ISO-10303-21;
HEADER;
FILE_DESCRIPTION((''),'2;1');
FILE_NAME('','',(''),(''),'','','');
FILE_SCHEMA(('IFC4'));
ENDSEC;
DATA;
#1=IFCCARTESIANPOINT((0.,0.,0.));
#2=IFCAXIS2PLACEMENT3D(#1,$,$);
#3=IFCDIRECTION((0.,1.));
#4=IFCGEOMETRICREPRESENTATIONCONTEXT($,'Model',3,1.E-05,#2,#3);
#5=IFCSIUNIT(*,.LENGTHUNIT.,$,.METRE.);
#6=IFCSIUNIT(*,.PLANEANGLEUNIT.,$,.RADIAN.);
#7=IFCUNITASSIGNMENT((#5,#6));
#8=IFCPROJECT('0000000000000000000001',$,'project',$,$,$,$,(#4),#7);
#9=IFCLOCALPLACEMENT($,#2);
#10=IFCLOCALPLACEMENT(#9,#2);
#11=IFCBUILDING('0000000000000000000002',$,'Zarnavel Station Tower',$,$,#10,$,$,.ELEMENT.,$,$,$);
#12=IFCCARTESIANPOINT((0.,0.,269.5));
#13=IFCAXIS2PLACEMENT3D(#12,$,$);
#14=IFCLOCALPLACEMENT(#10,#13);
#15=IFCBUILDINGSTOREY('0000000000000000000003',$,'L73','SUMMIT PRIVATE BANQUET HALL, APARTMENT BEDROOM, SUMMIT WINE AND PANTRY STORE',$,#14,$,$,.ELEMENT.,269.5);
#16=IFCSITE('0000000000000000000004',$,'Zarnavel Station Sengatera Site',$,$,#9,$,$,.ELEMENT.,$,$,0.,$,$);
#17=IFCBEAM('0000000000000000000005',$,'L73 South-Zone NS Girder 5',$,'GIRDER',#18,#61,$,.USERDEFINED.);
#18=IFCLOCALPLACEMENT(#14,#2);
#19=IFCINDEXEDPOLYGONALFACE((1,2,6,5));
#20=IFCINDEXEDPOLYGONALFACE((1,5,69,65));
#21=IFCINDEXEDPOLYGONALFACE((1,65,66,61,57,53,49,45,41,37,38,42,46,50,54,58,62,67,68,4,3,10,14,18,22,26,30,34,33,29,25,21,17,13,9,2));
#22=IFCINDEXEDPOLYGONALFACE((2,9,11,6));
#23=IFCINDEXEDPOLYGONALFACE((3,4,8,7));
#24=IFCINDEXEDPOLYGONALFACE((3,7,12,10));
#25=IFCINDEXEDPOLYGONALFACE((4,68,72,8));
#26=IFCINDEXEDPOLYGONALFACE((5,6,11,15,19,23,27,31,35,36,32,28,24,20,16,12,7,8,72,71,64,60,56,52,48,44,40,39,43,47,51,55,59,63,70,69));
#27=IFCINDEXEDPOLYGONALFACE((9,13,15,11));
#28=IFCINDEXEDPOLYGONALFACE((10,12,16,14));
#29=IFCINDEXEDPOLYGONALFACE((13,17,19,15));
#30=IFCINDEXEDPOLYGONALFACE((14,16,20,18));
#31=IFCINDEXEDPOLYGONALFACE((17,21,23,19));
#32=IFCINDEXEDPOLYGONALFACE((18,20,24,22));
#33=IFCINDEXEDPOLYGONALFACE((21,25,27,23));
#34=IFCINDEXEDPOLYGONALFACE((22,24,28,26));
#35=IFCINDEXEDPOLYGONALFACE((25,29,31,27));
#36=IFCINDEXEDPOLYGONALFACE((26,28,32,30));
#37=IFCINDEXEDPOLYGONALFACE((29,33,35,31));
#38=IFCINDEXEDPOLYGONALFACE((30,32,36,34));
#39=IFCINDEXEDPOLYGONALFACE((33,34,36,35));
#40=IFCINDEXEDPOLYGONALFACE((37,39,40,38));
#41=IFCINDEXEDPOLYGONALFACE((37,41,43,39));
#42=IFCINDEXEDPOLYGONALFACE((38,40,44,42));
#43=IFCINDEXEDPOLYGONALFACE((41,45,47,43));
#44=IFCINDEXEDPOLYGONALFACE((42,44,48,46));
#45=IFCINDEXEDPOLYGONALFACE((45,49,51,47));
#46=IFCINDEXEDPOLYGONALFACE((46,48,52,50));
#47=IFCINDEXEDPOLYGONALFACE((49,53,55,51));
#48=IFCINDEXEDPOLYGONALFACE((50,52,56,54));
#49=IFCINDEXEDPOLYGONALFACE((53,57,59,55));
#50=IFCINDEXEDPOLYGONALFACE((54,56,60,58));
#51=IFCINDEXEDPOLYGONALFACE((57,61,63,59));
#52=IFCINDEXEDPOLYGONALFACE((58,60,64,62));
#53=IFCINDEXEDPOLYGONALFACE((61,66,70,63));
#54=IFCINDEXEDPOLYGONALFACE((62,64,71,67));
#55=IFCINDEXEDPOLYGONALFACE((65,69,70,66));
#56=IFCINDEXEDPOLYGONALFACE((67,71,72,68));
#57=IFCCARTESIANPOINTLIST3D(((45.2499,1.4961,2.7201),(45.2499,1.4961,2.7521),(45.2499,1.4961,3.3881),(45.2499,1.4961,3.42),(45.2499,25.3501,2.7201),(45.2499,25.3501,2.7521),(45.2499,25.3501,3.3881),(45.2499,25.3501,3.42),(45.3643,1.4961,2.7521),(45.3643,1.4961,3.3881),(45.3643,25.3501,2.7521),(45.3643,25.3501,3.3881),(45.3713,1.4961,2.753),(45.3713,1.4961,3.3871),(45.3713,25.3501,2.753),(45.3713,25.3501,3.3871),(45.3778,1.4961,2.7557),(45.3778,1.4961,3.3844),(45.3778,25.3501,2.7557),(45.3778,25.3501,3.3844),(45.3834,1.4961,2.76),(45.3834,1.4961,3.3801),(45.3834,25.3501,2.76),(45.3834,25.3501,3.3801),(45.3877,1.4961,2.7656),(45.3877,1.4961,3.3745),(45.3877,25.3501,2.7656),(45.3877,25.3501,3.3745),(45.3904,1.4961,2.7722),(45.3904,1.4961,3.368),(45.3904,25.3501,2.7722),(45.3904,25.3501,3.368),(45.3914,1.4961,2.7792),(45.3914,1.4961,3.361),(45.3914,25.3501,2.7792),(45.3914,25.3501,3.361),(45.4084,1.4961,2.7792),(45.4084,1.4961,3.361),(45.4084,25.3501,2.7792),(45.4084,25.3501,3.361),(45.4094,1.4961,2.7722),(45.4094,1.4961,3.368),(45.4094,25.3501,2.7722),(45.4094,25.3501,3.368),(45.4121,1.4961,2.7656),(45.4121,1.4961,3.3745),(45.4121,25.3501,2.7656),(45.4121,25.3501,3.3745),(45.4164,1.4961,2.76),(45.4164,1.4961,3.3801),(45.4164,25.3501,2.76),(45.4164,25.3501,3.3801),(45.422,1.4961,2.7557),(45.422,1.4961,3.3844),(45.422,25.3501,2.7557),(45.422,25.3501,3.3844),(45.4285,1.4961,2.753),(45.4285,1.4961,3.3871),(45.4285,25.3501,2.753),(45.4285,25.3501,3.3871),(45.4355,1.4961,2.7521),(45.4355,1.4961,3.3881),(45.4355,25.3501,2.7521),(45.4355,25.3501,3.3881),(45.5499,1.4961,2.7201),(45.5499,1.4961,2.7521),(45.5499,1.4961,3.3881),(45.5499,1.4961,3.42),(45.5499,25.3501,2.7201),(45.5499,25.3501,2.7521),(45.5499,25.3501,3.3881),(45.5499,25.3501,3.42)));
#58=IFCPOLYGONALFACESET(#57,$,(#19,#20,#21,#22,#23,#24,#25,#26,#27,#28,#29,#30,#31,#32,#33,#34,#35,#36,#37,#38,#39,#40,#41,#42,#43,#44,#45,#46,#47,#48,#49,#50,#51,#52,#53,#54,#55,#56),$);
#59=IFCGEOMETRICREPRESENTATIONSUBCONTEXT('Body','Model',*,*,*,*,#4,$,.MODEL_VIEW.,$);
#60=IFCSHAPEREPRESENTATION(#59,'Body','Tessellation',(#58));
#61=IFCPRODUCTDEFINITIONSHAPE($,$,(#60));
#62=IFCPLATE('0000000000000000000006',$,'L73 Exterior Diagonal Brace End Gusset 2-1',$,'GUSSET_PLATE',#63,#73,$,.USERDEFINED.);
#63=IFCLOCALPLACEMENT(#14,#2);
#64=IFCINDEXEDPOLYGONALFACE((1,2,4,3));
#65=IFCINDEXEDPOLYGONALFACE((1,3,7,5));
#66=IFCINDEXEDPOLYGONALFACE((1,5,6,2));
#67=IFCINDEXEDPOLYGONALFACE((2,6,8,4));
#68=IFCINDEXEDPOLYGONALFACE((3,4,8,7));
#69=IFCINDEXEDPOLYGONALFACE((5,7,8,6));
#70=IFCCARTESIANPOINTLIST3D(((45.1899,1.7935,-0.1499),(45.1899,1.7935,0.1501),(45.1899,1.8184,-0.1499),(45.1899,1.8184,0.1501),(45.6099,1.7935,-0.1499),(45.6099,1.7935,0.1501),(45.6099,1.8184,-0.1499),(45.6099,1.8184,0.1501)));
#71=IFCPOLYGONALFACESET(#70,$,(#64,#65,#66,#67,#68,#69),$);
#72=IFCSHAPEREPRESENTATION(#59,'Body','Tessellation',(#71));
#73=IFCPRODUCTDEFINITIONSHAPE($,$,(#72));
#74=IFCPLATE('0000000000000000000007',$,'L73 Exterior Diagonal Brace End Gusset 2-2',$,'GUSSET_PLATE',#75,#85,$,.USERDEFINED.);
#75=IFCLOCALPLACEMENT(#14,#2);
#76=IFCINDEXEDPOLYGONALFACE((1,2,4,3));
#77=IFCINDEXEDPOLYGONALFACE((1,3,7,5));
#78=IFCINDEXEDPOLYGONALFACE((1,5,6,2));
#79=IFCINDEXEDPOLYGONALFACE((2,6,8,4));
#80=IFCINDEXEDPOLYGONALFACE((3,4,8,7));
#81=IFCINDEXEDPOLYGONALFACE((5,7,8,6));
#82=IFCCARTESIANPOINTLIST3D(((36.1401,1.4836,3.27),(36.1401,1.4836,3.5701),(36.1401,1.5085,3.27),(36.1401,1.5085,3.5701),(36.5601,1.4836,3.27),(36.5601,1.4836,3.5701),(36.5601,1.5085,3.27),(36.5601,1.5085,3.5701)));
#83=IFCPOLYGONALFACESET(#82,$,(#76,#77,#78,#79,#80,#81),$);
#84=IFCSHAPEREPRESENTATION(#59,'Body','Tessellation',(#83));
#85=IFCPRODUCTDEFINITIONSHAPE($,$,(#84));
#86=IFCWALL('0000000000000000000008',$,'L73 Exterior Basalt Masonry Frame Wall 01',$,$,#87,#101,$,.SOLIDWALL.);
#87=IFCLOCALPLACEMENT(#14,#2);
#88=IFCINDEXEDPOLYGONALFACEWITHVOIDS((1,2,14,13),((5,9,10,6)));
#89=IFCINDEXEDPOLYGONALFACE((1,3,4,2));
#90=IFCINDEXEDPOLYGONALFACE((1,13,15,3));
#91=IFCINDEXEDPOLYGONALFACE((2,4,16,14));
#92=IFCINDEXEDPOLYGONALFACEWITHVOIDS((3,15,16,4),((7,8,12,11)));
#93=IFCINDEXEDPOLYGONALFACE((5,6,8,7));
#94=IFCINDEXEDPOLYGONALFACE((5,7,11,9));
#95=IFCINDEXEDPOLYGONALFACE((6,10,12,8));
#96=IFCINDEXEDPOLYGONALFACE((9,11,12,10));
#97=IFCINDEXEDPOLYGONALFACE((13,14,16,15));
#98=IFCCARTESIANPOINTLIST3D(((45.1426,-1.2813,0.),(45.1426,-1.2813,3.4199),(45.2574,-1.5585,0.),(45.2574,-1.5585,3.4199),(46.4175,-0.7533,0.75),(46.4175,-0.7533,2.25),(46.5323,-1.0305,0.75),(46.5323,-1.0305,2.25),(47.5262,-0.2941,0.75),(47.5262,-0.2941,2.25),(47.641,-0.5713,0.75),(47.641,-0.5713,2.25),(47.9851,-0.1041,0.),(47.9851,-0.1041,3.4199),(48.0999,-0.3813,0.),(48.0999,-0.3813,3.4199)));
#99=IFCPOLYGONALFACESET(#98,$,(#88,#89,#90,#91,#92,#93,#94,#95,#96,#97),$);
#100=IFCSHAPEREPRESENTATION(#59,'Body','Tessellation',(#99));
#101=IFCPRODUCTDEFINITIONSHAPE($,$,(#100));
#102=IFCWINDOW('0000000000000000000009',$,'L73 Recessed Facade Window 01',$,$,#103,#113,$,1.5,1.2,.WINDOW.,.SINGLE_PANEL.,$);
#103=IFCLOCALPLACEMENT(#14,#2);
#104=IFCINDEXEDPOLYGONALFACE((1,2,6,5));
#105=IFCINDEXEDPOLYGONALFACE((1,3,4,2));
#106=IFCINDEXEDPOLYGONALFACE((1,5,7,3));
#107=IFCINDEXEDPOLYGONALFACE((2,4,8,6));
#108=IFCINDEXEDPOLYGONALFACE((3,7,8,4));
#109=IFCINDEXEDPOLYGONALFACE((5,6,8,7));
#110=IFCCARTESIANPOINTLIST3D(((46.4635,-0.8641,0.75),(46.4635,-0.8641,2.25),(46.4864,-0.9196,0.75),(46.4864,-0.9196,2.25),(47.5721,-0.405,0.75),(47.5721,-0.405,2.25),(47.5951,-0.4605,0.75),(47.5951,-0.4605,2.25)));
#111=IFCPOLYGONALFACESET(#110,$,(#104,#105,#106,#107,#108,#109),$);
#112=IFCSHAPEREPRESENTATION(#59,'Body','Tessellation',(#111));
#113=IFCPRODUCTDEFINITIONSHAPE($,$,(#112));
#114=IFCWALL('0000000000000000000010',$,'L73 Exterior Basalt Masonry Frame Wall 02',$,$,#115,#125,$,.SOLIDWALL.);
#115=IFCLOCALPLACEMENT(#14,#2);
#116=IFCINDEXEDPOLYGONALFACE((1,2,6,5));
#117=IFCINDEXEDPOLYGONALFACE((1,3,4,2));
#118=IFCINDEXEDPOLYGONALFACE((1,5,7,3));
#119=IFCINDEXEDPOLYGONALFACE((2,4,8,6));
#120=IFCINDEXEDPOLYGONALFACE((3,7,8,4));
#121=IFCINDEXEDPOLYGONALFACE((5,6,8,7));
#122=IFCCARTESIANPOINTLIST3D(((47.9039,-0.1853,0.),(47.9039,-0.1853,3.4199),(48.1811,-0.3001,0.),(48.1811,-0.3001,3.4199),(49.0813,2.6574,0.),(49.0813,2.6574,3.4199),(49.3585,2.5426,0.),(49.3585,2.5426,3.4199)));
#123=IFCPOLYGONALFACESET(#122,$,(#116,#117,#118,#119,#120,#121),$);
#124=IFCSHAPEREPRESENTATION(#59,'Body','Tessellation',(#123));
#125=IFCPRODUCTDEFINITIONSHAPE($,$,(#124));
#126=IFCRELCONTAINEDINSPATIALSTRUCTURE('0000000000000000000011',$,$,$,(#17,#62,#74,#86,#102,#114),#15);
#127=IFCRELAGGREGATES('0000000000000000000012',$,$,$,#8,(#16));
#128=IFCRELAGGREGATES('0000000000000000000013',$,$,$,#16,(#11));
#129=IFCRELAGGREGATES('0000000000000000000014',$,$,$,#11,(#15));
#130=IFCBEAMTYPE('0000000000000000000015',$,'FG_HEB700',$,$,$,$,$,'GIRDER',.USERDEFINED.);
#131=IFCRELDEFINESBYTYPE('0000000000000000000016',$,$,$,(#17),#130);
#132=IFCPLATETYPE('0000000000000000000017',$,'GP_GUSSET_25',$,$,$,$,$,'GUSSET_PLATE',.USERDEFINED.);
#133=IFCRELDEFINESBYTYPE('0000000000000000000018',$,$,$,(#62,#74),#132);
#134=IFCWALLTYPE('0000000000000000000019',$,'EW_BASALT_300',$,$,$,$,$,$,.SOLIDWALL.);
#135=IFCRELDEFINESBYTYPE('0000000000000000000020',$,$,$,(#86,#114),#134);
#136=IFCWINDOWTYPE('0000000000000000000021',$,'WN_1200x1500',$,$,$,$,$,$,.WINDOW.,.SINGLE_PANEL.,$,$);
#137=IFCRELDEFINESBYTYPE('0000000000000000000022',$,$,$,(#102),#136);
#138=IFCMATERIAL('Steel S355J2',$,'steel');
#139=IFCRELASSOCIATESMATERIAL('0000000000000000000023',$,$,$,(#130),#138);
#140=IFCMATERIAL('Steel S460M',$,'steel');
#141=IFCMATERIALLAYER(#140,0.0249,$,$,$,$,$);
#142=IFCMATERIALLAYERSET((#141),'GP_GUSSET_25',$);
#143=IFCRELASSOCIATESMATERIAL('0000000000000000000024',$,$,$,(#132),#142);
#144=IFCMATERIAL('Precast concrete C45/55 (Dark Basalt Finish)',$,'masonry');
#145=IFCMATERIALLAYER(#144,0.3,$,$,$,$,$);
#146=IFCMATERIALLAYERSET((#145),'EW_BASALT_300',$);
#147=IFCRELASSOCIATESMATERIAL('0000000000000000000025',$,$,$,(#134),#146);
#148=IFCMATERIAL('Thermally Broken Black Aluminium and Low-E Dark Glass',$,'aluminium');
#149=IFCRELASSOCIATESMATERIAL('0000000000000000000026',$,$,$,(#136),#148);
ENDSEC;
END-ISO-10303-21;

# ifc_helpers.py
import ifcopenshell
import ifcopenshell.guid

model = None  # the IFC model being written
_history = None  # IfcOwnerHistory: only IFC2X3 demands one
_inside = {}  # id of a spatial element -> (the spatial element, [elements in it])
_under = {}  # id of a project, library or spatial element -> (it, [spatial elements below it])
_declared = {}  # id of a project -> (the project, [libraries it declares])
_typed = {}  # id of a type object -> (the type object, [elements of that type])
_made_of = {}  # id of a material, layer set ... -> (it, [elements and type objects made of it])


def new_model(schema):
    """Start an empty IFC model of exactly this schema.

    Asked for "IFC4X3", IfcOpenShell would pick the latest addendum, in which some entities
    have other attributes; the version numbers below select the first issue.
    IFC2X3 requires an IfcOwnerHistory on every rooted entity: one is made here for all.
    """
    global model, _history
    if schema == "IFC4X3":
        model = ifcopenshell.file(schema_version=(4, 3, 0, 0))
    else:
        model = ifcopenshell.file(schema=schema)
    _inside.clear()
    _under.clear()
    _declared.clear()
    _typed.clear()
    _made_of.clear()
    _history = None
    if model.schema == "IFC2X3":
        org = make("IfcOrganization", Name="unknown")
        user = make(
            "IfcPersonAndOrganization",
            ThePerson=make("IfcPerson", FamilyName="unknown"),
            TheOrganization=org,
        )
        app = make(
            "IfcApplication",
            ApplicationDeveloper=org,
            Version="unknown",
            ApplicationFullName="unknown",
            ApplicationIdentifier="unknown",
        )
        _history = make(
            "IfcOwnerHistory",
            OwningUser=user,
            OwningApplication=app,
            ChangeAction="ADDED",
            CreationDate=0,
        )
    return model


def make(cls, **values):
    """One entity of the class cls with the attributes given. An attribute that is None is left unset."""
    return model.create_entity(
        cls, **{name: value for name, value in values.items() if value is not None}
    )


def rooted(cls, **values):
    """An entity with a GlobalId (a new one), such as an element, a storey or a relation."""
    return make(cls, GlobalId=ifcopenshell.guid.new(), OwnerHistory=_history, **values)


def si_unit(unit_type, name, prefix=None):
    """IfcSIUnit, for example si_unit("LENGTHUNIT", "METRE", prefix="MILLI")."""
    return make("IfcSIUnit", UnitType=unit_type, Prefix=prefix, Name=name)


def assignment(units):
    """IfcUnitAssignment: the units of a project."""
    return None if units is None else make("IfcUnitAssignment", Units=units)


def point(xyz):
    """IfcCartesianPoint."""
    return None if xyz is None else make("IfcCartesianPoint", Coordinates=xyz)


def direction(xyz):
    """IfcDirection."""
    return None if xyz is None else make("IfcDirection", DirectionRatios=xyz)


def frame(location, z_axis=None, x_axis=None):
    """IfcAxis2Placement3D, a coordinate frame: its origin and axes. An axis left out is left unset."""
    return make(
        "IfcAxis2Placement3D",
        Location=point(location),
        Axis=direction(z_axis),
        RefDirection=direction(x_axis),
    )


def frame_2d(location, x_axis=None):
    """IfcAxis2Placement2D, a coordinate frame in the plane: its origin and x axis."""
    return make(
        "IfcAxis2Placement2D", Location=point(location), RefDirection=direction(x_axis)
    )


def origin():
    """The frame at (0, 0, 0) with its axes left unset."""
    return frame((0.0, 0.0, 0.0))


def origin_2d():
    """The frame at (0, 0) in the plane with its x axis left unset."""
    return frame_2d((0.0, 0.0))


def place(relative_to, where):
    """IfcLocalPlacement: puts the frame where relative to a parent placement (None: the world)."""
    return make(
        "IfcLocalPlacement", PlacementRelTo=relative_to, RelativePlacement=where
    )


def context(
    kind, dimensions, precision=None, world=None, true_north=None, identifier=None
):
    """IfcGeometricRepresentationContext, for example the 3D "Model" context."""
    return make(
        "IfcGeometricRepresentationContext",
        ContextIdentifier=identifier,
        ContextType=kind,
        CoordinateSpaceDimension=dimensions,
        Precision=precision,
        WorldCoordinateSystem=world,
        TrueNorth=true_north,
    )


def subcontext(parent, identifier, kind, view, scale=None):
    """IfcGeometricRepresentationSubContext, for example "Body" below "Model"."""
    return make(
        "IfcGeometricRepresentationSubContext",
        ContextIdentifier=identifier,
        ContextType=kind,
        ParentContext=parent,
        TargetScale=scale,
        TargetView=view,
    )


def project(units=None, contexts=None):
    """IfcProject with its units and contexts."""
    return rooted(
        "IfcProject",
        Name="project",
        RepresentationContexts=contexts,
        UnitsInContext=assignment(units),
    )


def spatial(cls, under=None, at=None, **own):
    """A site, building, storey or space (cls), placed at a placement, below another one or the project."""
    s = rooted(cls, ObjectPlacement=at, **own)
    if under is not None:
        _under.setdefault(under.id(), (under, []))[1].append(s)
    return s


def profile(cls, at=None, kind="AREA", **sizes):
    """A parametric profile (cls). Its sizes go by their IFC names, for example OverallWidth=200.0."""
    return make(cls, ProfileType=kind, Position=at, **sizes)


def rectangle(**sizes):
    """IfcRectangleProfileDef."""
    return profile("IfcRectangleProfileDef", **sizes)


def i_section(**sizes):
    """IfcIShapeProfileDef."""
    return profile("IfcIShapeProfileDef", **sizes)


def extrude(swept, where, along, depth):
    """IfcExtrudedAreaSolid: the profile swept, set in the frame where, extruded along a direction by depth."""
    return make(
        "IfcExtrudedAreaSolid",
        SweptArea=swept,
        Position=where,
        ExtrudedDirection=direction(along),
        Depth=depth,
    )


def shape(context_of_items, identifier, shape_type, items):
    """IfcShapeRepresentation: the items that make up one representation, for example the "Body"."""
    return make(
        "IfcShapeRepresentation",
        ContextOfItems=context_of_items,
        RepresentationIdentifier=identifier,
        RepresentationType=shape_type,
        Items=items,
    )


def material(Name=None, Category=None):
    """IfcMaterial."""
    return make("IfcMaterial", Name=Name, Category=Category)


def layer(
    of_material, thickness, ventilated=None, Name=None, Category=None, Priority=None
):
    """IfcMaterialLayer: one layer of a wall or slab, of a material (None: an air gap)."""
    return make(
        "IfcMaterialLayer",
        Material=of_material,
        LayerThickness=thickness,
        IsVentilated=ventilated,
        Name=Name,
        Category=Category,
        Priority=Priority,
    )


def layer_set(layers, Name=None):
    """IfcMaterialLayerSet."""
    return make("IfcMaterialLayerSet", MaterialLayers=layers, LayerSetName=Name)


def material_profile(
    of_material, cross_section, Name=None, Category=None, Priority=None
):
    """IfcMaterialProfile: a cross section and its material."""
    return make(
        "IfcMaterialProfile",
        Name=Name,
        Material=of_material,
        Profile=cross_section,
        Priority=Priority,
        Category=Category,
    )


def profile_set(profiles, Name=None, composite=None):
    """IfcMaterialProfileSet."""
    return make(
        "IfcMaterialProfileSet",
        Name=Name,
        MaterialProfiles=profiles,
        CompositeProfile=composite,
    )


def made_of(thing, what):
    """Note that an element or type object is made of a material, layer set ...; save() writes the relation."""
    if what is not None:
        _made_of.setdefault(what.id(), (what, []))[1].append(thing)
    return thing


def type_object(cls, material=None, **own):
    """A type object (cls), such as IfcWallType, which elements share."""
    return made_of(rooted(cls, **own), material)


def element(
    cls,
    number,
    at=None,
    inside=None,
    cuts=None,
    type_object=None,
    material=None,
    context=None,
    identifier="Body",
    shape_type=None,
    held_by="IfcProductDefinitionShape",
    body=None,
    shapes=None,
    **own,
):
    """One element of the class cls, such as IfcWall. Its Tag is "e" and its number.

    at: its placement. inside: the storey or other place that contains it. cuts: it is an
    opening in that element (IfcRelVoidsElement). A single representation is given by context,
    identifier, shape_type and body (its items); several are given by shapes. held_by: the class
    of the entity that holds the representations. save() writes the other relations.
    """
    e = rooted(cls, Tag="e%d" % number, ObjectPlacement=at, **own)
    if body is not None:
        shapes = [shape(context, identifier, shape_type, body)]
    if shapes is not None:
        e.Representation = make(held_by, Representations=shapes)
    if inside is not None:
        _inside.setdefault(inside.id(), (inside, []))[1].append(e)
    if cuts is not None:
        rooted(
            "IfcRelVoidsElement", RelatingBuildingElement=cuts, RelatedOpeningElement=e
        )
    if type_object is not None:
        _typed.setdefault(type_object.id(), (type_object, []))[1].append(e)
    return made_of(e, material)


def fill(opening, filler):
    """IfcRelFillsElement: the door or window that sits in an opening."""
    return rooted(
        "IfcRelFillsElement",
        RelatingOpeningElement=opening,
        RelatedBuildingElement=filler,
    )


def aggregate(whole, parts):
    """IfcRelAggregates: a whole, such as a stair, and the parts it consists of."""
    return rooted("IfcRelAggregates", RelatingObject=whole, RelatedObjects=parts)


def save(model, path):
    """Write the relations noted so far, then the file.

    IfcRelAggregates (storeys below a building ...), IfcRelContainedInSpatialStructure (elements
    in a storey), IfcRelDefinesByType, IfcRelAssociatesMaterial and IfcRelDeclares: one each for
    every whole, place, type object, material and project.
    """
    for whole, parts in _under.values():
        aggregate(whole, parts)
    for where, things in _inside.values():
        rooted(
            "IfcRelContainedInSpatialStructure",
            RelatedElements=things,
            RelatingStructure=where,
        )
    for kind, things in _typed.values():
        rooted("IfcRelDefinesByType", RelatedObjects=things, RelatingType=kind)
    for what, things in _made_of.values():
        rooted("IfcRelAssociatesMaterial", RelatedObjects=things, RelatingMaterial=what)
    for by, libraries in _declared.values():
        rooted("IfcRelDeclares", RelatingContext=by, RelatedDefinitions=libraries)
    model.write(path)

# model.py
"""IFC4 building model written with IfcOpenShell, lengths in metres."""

from ifc_helpers import new_model, si_unit, direction, frame, frame_2d, origin, origin_2d, place, context, subcontext, project, spatial, rectangle, i_section, extrude, material, layer, layer_set, material_profile, profile_set, type_object, element, fill, save


model = new_model("IFC4")

# Units and contexts
model_context = context("Model", 3, precision=1e-05, world=origin(), true_north=direction((0.0, 1.0)))
body_context = subcontext(model_context, "Body", "Model", "MODEL_VIEW")
ifc_project = project(units=[si_unit("LENGTHUNIT", "METRE"), si_unit("PLANEANGLEUNIT", "RADIAN")], contexts=[model_context])

# Site, building, storey
site_placement = place(None, origin())
site = spatial("IfcSite", under=ifc_project, at=site_placement, Name="Zarnavel Station Sengatera Site", CompositionType="ELEMENT", RefElevation=0.0)
building_placement = place(site_placement, origin())
building = spatial("IfcBuilding", under=site, at=building_placement, Name="Zarnavel Station Tower", CompositionType="ELEMENT")
storey_placement = place(building_placement, frame((0.0, 0.0, 269.5)))
storey = spatial("IfcBuildingStorey", under=building, at=storey_placement, Name="L73", Description="SUMMIT PRIVATE BANQUET HALL, APARTMENT BEDROOM, SUMMIT WINE AND PANTRY STORE", CompositionType="ELEMENT", Elevation=269.5)

# Beam
ifc_material_1 = material(Name="Steel S355J2", Category="steel")
ifc_material_profile_1 = material_profile(ifc_material_1, i_section(OverallWidth=0.3, OverallDepth=0.7, WebThickness=0.0171, FlangeThickness=0.032, FilletRadius=0.0271, at=origin_2d()), Name="HEB700")
ifc_profile_set_1 = profile_set([ifc_material_profile_1], Name="Steel S355J2")
beam_type_1 = type_object("IfcBeamType", Name="FG_HEB700", ElementType="GIRDER", PredefinedType="USERDEFINED", material=ifc_profile_set_1)
for number, where, z_axis, x_axis, name in (
    (1, (45.3999, 1.4961, 3.0701), (0.0, 1.0, 0.0), (-1.0, 0.0, 0.0), "L73 South-Zone NS Girder 5"),
):
    element("IfcBeam", number, at=place(storey_placement, frame(where, z_axis=z_axis, x_axis=x_axis)), inside=storey, type_object=beam_type_1, Name=name, ObjectType="GIRDER", PredefinedType="USERDEFINED", context=body_context, shape_type="SweptSolid", body=[
        extrude(i_section(OverallWidth=0.3, OverallDepth=0.7, WebThickness=0.0171, FlangeThickness=0.032, FilletRadius=0.0271, at=origin_2d()), origin(), (0.0, 0.0, 1.0), 23.854),
    ])

# Plates
ifc_material_2 = material(Name="Steel S460M", Category="steel")
ifc_layer_1 = layer(ifc_material_2, 0.0249)
ifc_layer_set_1 = layer_set([ifc_layer_1], Name="GP_GUSSET_25")
plate_type = type_object("IfcPlateType", Name="GP_GUSSET_25", ElementType="GUSSET_PLATE", PredefinedType="USERDEFINED", material=ifc_layer_set_1)
for number, where, z_axis, x_axis, name in (
    (2, (45.3999, 1.8059, -0.1499), (0.0, 0.0, 1.0), (1.0, 0.0, 0.0), "L73 Exterior Diagonal Brace End Gusset 2-1"),
    (3, (36.3501, 1.4961, 3.27), (0.0, 0.0, 1.0), (1.0, 0.0, 0.0), "L73 Exterior Diagonal Brace End Gusset 2-2"),
):
    element("IfcPlate", number, at=place(storey_placement, frame(where, z_axis=z_axis, x_axis=x_axis)), inside=storey, type_object=plate_type, Name=name, ObjectType="GUSSET_PLATE", PredefinedType="USERDEFINED", context=body_context, shape_type="SweptSolid", body=[
        extrude(rectangle(XDim=0.4199, YDim=0.0249, at=origin_2d()), origin(), (0.0, 0.0, 1.0), 0.3),
    ])

# Wall, opening, window
ifc_material_3 = material(Name="Precast concrete C45/55 (Dark Basalt Finish)", Category="masonry")
ifc_layer_2 = layer(ifc_material_3, 0.3)
ifc_layer_set_2 = layer_set([ifc_layer_2], Name="EW_BASALT_300")
wall_type_1 = type_object("IfcWallType", Name="EW_BASALT_300", PredefinedType="SOLIDWALL", material=ifc_layer_set_2)
wall_1_placement = place(storey_placement, frame((48.0425, -0.2427, 0.0), z_axis=(0.0, 0.0, 1.0), x_axis=(-0.923899, -0.382637, 0.0)))
wall_1 = element("IfcWall", 4, at=wall_1_placement, inside=storey, type_object=wall_type_1, Name="L73 Exterior Basalt Masonry Frame Wall 01", PredefinedType="SOLIDWALL", context=body_context, shape_type="SweptSolid", body=[
    extrude(rectangle(XDim=3.0767, YDim=0.3, at=frame_2d((1.5383, 0.0))), origin(), (0.0, 0.0, 1.0), 3.4199),
])
opening_1_placement = place(wall_1_placement, frame((0.4966, 0.0, 0.75)))
opening_1 = element("IfcOpeningElement", 5, at=opening_1_placement, cuts=wall_1, PredefinedType="OPENING", context=body_context, shape_type="SweptSolid", body=[
    extrude(rectangle(XDim=1.2, YDim=1.5, at=frame_2d((0.6001, 0.75))), frame((0.0, 0.1599, 0.0), z_axis=(0.0, -1.0, 0.0), x_axis=(1.0, 0.0, 0.0)), (0.0, 0.0, 1.0), 0.3201),
])
ifc_material_4 = material(Name="Thermally Broken Black Aluminium and Low-E Dark Glass", Category="aluminium")
window_type_1 = type_object("IfcWindowType", Name="WN_1200x1500", PartitioningType="SINGLE_PANEL", PredefinedType="WINDOW", material=ifc_material_4)
window_1_placement = place(opening_1_placement, origin())
window_1 = element("IfcWindow", 6, at=window_1_placement, inside=storey, type_object=window_type_1, Name="L73 Recessed Facade Window 01", OverallHeight=1.5, OverallWidth=1.2, PartitioningType="SINGLE_PANEL", PredefinedType="WINDOW", context=body_context, shape_type="SweptSolid", body=[
    extrude(rectangle(XDim=1.2, YDim=1.5, at=frame_2d((0.6001, 0.75))), frame((0.0, 0.03, 0.0), z_axis=(0.0, -1.0, 0.0), x_axis=(1.0, 0.0, 0.0)), (0.0, 0.0, 1.0), 0.0601),
])
fill(opening_1, window_1)

# Wall
wall_2_placement = place(storey_placement, frame((49.22, 2.6001, 0.0), z_axis=(0.0, 0.0, 1.0), x_axis=(-0.382676, -0.923882, 0.0)))
element("IfcWall", 7, at=wall_2_placement, inside=storey, type_object=wall_type_1, Name="L73 Exterior Basalt Masonry Frame Wall 02", PredefinedType="SOLIDWALL", context=body_context, shape_type="SweptSolid", body=[
    extrude(rectangle(XDim=3.0769, YDim=0.3, at=frame_2d((1.5386, 0.0))), origin(), (0.0, 0.0, 1.0), 3.4199),
])

save(model, "model.ifc")
